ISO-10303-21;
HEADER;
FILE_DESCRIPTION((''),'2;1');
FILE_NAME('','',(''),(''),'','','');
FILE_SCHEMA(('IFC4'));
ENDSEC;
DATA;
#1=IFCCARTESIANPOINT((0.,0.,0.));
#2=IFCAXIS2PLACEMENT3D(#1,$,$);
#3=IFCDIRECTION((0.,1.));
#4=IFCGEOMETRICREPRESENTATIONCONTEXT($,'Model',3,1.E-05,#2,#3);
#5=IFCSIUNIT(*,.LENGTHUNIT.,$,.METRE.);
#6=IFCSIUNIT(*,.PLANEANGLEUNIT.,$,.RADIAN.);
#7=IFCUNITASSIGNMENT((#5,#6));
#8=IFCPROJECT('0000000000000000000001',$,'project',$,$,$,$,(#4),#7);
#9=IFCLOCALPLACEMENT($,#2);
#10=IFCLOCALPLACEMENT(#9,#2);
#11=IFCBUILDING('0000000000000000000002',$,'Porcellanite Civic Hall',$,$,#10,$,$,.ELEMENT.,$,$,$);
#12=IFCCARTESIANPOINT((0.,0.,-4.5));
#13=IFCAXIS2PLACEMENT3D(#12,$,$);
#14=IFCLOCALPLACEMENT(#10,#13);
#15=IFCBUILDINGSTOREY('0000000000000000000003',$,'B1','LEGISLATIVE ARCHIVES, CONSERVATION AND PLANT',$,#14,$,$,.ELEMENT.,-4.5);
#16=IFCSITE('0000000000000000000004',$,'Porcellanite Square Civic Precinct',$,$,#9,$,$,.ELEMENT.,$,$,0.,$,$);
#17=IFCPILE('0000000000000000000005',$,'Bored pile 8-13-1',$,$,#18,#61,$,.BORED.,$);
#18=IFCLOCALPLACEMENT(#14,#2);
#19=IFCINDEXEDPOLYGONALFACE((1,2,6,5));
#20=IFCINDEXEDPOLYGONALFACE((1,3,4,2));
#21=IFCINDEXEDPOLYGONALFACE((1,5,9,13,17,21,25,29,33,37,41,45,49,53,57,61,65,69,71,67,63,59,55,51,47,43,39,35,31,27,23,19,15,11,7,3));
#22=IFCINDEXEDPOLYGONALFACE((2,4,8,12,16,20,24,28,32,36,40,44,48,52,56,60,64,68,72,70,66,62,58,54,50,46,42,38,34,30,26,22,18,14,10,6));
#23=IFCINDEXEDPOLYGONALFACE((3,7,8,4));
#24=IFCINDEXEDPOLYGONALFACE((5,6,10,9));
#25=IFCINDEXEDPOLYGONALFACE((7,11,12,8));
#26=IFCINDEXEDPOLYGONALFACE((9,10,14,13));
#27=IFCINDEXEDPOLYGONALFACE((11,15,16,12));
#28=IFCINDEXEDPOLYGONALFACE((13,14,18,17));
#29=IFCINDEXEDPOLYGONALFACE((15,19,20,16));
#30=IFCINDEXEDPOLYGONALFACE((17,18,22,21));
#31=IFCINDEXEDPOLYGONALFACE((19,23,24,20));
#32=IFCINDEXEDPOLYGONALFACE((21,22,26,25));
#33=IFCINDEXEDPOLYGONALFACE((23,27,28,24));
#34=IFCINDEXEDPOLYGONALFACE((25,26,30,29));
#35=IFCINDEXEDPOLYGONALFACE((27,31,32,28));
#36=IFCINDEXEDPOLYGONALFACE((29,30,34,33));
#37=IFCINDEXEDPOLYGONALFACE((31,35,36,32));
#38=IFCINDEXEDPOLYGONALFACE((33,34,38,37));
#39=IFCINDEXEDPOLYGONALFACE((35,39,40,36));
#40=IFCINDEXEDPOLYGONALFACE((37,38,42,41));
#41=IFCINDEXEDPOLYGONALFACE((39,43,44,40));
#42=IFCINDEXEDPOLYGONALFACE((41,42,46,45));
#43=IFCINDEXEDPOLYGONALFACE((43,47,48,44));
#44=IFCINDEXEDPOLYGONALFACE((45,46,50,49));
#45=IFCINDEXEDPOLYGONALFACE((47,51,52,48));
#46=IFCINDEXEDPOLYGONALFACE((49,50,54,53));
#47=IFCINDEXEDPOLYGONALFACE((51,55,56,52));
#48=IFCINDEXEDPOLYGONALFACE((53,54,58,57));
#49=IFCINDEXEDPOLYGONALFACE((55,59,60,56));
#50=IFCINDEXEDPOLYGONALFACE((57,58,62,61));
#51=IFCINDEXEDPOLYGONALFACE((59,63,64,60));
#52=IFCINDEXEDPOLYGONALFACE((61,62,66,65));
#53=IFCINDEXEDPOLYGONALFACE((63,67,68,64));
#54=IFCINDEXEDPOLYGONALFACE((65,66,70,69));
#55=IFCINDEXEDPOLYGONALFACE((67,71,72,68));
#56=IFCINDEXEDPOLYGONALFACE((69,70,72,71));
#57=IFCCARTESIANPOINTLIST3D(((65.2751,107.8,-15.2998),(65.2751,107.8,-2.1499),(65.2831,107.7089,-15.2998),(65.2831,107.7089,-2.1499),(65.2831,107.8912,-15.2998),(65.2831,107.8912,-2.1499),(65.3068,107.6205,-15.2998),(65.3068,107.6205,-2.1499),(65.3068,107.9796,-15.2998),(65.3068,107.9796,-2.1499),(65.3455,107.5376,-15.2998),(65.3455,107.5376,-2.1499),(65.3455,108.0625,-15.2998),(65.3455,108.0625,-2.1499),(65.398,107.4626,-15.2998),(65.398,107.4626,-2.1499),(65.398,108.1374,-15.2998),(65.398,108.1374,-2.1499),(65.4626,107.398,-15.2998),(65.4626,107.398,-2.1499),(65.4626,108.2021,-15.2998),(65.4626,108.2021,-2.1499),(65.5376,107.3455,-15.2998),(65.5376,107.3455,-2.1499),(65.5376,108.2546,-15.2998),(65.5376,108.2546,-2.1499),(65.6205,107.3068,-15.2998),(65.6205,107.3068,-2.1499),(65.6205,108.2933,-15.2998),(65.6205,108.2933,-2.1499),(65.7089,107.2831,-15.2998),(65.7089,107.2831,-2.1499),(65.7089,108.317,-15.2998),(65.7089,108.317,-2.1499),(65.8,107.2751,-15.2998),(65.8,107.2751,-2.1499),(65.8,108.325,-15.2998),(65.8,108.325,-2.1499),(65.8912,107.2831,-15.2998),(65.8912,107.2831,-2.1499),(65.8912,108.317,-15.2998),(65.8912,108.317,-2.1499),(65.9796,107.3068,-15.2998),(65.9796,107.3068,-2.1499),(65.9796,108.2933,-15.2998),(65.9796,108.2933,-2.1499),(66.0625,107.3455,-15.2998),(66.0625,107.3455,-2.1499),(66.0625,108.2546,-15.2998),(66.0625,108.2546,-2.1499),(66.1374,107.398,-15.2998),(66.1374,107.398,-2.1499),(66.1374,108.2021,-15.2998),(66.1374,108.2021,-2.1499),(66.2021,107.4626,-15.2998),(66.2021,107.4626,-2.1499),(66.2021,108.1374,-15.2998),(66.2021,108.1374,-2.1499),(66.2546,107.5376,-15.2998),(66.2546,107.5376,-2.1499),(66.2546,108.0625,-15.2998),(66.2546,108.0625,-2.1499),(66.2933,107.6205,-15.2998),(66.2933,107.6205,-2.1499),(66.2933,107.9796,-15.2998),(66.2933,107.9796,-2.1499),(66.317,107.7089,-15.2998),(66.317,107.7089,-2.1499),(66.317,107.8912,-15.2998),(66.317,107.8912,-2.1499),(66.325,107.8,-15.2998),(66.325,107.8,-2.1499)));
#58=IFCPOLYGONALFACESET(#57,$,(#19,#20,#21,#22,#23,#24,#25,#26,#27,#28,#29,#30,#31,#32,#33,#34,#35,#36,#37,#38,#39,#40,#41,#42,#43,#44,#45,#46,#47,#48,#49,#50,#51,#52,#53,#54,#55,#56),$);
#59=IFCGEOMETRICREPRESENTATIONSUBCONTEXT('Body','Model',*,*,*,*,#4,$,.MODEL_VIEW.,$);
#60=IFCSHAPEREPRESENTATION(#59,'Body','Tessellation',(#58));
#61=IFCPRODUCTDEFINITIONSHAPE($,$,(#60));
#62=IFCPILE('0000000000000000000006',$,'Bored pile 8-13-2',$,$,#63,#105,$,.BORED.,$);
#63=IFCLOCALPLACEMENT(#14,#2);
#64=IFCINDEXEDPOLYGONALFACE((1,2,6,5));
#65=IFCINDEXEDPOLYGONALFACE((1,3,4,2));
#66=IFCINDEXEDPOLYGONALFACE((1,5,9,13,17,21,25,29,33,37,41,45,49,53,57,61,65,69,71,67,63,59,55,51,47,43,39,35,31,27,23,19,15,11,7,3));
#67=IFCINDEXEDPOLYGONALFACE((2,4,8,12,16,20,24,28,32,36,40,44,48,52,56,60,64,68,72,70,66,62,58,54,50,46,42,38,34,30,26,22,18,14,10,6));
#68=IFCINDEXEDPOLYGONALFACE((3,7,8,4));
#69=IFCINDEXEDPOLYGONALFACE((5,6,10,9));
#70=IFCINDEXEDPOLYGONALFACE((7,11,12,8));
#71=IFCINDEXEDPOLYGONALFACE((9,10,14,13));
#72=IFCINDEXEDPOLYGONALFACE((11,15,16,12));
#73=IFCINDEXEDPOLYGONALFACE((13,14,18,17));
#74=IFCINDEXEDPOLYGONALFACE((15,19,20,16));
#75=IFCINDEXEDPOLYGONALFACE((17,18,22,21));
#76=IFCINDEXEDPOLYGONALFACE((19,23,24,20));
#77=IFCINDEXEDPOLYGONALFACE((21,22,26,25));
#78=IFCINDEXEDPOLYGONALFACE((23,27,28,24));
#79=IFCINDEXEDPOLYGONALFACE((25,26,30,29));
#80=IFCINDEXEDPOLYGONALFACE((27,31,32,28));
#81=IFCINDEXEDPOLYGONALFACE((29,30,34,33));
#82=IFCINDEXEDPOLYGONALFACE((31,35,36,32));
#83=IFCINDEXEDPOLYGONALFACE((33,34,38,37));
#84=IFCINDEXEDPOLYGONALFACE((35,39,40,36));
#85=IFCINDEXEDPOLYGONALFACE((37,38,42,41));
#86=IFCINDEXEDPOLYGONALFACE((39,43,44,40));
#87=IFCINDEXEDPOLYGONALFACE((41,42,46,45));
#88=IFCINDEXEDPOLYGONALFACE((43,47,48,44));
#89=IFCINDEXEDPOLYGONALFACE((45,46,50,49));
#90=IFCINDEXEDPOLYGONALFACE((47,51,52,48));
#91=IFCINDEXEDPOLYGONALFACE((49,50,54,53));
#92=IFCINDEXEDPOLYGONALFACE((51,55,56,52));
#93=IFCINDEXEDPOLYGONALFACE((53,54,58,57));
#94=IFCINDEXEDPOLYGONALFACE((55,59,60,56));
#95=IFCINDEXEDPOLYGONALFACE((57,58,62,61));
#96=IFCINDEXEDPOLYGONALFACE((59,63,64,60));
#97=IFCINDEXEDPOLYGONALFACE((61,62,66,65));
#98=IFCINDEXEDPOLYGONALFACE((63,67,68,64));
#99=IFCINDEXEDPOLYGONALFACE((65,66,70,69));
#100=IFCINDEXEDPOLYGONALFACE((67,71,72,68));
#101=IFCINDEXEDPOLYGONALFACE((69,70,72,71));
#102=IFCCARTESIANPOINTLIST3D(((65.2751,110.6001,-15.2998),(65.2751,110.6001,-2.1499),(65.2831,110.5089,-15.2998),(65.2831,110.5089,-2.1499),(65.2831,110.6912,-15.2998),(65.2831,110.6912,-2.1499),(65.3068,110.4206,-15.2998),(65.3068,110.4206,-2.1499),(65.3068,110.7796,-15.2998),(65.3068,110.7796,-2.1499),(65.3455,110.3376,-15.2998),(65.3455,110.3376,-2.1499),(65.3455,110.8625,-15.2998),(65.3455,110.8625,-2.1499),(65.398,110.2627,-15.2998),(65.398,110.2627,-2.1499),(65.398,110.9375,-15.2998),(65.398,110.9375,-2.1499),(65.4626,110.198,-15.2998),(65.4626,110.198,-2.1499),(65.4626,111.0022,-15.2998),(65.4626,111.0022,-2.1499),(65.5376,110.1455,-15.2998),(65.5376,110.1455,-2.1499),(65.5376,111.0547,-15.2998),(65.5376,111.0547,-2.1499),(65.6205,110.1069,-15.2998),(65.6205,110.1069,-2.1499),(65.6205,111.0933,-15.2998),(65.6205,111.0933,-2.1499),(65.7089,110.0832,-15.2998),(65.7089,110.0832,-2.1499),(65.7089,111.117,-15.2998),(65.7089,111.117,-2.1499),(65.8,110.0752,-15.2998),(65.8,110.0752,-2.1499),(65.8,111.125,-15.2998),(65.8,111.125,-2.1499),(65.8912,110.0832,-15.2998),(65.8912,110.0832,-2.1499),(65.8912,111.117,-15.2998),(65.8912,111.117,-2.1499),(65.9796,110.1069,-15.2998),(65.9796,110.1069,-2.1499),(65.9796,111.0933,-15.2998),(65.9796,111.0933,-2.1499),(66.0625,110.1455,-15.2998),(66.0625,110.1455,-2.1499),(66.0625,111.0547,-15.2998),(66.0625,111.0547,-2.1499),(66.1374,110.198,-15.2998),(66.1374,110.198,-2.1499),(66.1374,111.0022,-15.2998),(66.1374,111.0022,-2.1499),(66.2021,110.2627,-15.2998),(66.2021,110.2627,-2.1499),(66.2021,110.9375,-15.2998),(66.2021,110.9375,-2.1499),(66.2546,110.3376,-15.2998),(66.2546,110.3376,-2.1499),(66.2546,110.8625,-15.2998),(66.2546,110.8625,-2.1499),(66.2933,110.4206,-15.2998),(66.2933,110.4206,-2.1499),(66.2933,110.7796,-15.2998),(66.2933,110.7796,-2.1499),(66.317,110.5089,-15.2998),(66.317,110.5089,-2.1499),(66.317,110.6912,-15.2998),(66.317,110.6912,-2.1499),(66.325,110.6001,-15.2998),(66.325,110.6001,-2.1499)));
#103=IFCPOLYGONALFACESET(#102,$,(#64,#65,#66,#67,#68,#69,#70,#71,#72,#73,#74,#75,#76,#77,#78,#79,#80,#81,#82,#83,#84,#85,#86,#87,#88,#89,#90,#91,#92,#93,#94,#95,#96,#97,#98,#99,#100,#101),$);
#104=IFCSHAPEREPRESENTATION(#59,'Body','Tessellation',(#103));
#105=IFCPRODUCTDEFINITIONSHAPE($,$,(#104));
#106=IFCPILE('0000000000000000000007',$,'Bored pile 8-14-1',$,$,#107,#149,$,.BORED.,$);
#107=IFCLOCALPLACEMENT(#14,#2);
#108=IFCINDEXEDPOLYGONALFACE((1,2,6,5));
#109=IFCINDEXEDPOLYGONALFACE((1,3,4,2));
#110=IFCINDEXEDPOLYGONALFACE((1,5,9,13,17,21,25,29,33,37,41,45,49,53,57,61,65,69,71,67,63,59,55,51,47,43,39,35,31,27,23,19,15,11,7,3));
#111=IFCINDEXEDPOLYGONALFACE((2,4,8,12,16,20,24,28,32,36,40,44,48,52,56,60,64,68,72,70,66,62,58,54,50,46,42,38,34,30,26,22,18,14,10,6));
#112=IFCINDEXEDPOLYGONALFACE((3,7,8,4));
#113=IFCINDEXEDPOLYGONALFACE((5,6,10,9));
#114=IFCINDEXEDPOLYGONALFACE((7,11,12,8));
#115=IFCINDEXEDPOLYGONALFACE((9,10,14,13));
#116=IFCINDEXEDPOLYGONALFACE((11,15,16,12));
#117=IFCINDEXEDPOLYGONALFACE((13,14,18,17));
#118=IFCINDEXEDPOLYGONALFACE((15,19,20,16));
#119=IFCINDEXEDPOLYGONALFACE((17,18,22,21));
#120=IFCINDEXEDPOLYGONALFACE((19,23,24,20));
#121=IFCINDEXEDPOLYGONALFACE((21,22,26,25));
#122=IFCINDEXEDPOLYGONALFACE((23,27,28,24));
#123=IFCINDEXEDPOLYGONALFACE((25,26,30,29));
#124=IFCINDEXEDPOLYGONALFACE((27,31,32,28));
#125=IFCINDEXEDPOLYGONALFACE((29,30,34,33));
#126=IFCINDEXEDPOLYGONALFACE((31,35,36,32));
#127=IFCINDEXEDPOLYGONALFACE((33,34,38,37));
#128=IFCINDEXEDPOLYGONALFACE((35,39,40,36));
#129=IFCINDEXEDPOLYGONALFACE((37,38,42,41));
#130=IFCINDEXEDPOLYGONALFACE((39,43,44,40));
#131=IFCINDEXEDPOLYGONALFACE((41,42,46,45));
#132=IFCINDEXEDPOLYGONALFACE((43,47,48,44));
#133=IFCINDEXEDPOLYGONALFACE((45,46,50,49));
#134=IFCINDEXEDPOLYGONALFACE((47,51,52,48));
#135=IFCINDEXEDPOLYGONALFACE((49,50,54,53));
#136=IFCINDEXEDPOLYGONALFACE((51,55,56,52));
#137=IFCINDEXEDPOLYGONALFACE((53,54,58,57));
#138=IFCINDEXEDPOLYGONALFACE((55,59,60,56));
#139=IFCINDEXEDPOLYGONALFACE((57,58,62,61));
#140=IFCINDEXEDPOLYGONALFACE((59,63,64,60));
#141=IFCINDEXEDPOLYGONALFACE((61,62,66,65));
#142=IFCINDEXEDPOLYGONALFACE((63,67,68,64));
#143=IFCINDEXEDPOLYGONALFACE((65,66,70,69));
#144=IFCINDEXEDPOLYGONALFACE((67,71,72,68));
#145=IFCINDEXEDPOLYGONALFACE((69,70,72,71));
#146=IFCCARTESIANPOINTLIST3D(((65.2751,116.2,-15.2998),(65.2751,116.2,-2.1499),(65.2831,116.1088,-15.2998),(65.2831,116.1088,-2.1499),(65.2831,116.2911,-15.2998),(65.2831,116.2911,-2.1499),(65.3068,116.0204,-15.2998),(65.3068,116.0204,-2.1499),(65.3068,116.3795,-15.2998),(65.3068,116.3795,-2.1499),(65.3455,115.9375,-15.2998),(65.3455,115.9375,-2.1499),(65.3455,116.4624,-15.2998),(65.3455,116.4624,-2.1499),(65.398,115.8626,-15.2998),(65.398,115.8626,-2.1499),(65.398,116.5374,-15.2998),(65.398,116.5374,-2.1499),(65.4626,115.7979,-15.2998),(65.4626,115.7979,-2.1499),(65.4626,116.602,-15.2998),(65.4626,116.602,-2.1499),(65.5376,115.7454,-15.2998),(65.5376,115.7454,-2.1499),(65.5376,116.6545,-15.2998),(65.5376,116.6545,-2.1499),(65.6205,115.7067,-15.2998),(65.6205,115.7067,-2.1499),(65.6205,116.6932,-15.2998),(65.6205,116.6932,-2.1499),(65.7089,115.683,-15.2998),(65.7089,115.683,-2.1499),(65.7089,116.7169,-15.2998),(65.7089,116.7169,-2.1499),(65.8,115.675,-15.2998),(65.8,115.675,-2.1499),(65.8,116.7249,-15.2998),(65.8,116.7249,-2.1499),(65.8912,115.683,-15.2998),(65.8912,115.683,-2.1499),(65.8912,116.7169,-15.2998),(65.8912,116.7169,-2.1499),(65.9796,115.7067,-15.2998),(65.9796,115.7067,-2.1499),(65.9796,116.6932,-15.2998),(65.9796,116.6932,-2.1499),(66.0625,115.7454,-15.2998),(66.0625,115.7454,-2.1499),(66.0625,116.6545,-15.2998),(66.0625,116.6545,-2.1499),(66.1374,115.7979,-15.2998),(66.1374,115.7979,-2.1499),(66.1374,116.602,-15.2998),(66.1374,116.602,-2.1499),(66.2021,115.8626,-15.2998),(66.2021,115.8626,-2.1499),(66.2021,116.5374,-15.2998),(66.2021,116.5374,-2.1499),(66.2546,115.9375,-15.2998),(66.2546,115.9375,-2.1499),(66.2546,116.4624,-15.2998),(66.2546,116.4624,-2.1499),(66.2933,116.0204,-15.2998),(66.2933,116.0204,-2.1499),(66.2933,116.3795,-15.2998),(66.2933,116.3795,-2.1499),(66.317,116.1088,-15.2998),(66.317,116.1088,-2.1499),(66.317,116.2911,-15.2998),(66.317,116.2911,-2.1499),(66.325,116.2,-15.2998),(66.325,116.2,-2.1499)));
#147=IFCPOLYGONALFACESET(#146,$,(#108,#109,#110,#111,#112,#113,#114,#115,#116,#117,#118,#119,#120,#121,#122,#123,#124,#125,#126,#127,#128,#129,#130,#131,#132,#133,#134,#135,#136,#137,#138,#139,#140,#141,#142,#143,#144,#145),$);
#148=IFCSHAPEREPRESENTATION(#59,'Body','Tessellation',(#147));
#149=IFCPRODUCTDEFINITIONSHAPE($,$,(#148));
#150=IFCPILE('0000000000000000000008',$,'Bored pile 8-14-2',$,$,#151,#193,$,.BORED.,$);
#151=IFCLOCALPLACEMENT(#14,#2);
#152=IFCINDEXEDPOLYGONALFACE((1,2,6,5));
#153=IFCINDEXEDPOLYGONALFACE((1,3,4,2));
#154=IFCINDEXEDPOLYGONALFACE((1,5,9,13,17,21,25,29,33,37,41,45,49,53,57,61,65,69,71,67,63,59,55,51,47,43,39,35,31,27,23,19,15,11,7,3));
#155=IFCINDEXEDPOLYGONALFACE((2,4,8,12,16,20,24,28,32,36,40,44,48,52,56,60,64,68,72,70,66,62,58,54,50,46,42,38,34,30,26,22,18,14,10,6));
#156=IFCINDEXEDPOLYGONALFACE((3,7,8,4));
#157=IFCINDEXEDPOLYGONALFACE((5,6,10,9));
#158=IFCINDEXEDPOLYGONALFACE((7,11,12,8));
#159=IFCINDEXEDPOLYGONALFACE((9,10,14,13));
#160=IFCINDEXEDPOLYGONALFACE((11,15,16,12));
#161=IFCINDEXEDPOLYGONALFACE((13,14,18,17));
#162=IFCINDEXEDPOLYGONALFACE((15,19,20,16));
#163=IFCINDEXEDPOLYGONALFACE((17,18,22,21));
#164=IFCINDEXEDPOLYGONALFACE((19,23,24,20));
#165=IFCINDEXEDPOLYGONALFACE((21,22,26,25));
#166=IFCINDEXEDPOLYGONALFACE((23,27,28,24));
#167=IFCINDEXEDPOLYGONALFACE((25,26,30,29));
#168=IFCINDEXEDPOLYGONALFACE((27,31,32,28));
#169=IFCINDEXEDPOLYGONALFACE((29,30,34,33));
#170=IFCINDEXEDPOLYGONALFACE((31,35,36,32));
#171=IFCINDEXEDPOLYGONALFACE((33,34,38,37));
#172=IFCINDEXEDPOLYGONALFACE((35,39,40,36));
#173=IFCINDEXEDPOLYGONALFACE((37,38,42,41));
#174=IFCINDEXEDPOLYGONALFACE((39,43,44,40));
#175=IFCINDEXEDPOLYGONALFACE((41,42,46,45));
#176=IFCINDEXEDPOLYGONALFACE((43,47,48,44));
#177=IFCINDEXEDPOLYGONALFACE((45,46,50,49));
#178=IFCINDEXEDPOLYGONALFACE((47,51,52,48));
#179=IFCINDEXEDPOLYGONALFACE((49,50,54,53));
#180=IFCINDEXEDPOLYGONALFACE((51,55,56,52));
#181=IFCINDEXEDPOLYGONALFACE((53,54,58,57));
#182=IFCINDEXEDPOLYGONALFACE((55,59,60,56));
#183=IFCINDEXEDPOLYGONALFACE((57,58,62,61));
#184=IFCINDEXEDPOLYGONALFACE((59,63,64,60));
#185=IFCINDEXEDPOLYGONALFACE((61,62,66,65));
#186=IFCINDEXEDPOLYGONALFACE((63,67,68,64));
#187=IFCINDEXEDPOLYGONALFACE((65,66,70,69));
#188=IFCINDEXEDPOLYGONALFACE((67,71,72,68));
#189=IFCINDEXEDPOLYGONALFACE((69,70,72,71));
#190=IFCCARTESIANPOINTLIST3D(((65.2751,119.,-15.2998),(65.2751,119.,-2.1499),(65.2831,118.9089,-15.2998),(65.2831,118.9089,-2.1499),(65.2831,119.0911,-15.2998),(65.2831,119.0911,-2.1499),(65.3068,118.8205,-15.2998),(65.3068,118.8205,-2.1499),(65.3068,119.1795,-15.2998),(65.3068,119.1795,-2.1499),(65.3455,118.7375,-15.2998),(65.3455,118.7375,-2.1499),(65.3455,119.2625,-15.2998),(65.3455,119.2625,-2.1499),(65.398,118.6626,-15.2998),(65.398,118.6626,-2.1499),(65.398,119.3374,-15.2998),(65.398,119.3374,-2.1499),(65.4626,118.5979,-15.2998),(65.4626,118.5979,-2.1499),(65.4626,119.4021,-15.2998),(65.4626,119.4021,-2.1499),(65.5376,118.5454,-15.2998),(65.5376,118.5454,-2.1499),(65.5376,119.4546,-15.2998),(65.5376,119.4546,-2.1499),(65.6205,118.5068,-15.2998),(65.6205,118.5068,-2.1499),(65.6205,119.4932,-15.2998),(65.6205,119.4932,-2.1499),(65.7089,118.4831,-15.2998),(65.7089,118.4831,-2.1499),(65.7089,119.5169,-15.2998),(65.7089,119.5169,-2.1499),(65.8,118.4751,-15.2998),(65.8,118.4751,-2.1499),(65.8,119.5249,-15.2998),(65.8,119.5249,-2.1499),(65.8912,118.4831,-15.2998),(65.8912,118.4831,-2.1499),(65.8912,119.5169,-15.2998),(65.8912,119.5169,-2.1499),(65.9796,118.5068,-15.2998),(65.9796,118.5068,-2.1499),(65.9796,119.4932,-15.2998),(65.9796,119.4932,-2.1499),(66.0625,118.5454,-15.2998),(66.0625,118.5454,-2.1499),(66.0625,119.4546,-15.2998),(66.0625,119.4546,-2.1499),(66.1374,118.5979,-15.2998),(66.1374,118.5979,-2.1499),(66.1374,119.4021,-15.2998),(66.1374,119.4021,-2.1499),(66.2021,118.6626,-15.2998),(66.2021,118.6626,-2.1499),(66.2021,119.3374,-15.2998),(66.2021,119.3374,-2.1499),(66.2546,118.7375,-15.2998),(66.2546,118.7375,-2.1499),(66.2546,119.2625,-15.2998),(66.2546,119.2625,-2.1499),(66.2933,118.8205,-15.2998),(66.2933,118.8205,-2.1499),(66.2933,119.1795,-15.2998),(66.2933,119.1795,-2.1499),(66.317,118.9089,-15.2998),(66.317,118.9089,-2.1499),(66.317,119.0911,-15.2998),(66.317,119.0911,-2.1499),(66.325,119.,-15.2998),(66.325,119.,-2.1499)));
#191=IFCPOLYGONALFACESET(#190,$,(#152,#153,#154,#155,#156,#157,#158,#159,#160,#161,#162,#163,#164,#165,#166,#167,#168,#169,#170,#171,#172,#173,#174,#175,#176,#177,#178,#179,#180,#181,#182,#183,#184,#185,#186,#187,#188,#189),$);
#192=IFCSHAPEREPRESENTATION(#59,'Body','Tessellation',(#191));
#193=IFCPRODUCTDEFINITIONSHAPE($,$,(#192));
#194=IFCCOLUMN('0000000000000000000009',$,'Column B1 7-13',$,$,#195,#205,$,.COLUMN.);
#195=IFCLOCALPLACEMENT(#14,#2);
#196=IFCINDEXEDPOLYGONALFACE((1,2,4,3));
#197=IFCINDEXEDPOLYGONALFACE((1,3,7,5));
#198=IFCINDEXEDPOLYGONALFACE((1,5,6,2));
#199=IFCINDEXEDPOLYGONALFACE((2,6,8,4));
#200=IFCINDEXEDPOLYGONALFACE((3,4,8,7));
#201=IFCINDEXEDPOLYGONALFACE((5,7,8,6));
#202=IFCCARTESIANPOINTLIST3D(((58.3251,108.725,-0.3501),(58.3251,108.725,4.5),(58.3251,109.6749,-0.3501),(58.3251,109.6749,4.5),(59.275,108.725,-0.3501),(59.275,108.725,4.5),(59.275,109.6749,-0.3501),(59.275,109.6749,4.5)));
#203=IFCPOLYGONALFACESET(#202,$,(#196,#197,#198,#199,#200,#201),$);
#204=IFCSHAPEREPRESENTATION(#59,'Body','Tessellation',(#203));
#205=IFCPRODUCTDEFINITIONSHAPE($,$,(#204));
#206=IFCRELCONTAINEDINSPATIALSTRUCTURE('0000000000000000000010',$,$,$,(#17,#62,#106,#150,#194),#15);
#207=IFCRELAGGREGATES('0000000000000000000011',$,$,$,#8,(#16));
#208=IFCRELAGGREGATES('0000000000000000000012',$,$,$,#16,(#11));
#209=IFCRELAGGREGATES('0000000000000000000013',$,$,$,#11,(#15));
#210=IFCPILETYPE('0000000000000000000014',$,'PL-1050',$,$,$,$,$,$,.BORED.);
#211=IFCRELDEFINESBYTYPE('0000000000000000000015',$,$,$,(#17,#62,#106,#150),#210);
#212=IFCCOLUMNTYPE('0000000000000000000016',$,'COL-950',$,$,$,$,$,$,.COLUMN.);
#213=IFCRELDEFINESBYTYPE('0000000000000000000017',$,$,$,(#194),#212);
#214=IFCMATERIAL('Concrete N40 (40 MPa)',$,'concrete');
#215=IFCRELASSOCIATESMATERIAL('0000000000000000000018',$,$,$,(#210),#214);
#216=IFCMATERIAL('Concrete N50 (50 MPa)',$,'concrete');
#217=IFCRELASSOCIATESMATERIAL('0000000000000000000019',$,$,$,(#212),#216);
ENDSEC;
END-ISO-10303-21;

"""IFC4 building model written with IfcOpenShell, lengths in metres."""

from ifc_helpers import new_model, si_unit, direction, frame, origin, origin_2d, place, context, subcontext, project, spatial, rectangle, circle, extrude, material, material_profile, profile_set, type_object, element, save


model = new_model("IFC4")

# Units and contexts
model_context = context("Model", 3, precision=1e-05, world=origin(), true_north=direction((0.0, 1.0)))
body_context = subcontext(model_context, "Body", "Model", "MODEL_VIEW")
ifc_project = project(units=[si_unit("LENGTHUNIT", "METRE"), si_unit("PLANEANGLEUNIT", "RADIAN")], contexts=[model_context])

# Site, building, storey
site_placement = place(None, origin())
site = spatial("IfcSite", under=ifc_project, at=site_placement, Name="Porcellanite Square Civic Precinct", CompositionType="ELEMENT", RefElevation=0.0)
building_placement = place(site_placement, origin())
building = spatial("IfcBuilding", under=site, at=building_placement, Name="Porcellanite Civic Hall", CompositionType="ELEMENT")
storey_placement = place(building_placement, frame((0.0, 0.0, -4.5)))
storey = spatial("IfcBuildingStorey", under=building, at=storey_placement, Name="B1", Description="LEGISLATIVE ARCHIVES, CONSERVATION AND PLANT", CompositionType="ELEMENT", Elevation=-4.5)

# Piles
ifc_material_1 = material(Name="Concrete N40 (40 MPa)", Category="concrete")
ifc_material_profile_1 = material_profile(ifc_material_1, circle(Radius=0.5249, at=origin_2d()), Name="PILE-D1050")
ifc_profile_set_1 = profile_set([ifc_material_profile_1], Name="Concrete N40 (40 MPa)")
pile_type = type_object("IfcPileType", Name="PL-1050", PredefinedType="BORED", material=ifc_profile_set_1)
for number, where, z_axis, x_axis, name in (
    (1, (65.8, 107.8, -2.1499), (0.0, 0.0, -1.0), (1.0, 0.0, 0.0), "Bored pile 8-13-1"),
    (2, (65.8, 110.6001, -2.1499), (0.0, 0.0, -1.0), (1.0, 0.0, 0.0), "Bored pile 8-13-2"),
    (3, (65.8, 116.2, -2.1499), (0.0, 0.0, -1.0), (1.0, 0.0, 0.0), "Bored pile 8-14-1"),
    (4, (65.8, 119.0, -2.1499), (0.0, 0.0, -1.0), (1.0, 0.0, 0.0), "Bored pile 8-14-2"),
):
    element("IfcPile", number, at=place(storey_placement, frame(where, z_axis=z_axis, x_axis=x_axis)), inside=storey, type_object=pile_type, Name=name, PredefinedType="BORED", context=body_context, shape_type="SweptSolid", body=[
        extrude(circle(Radius=0.5249, at=origin_2d()), origin(), (0.0, 0.0, 1.0), 13.1499),
    ])

# Column
ifc_material_2 = material(Name="Concrete N50 (50 MPa)", Category="concrete")
ifc_material_profile_2 = material_profile(ifc_material_2, rectangle(XDim=0.95, YDim=0.95, at=origin_2d()), Name="RC-950x950")
ifc_profile_set_2 = profile_set([ifc_material_profile_2], Name="Concrete N50 (50 MPa)")
column_type = type_object("IfcColumnType", Name="COL-950", PredefinedType="COLUMN", material=ifc_profile_set_2)
for number, where, z_axis, x_axis, name in (
    (5, (58.8, 109.2, -0.3501), (0.0, 0.0, 1.0), (1.0, 0.0, 0.0), "Column B1 7-13"),
):
    element("IfcColumn", number, at=place(storey_placement, frame(where, z_axis=z_axis, x_axis=x_axis)), inside=storey, type_object=column_type, Name=name, PredefinedType="COLUMN", context=body_context, shape_type="SweptSolid", body=[
        extrude(rectangle(XDim=0.95, YDim=0.95, at=origin_2d()), origin(), (0.0, 0.0, 1.0), 4.8501),
    ])

save(model, "model.ifc")
